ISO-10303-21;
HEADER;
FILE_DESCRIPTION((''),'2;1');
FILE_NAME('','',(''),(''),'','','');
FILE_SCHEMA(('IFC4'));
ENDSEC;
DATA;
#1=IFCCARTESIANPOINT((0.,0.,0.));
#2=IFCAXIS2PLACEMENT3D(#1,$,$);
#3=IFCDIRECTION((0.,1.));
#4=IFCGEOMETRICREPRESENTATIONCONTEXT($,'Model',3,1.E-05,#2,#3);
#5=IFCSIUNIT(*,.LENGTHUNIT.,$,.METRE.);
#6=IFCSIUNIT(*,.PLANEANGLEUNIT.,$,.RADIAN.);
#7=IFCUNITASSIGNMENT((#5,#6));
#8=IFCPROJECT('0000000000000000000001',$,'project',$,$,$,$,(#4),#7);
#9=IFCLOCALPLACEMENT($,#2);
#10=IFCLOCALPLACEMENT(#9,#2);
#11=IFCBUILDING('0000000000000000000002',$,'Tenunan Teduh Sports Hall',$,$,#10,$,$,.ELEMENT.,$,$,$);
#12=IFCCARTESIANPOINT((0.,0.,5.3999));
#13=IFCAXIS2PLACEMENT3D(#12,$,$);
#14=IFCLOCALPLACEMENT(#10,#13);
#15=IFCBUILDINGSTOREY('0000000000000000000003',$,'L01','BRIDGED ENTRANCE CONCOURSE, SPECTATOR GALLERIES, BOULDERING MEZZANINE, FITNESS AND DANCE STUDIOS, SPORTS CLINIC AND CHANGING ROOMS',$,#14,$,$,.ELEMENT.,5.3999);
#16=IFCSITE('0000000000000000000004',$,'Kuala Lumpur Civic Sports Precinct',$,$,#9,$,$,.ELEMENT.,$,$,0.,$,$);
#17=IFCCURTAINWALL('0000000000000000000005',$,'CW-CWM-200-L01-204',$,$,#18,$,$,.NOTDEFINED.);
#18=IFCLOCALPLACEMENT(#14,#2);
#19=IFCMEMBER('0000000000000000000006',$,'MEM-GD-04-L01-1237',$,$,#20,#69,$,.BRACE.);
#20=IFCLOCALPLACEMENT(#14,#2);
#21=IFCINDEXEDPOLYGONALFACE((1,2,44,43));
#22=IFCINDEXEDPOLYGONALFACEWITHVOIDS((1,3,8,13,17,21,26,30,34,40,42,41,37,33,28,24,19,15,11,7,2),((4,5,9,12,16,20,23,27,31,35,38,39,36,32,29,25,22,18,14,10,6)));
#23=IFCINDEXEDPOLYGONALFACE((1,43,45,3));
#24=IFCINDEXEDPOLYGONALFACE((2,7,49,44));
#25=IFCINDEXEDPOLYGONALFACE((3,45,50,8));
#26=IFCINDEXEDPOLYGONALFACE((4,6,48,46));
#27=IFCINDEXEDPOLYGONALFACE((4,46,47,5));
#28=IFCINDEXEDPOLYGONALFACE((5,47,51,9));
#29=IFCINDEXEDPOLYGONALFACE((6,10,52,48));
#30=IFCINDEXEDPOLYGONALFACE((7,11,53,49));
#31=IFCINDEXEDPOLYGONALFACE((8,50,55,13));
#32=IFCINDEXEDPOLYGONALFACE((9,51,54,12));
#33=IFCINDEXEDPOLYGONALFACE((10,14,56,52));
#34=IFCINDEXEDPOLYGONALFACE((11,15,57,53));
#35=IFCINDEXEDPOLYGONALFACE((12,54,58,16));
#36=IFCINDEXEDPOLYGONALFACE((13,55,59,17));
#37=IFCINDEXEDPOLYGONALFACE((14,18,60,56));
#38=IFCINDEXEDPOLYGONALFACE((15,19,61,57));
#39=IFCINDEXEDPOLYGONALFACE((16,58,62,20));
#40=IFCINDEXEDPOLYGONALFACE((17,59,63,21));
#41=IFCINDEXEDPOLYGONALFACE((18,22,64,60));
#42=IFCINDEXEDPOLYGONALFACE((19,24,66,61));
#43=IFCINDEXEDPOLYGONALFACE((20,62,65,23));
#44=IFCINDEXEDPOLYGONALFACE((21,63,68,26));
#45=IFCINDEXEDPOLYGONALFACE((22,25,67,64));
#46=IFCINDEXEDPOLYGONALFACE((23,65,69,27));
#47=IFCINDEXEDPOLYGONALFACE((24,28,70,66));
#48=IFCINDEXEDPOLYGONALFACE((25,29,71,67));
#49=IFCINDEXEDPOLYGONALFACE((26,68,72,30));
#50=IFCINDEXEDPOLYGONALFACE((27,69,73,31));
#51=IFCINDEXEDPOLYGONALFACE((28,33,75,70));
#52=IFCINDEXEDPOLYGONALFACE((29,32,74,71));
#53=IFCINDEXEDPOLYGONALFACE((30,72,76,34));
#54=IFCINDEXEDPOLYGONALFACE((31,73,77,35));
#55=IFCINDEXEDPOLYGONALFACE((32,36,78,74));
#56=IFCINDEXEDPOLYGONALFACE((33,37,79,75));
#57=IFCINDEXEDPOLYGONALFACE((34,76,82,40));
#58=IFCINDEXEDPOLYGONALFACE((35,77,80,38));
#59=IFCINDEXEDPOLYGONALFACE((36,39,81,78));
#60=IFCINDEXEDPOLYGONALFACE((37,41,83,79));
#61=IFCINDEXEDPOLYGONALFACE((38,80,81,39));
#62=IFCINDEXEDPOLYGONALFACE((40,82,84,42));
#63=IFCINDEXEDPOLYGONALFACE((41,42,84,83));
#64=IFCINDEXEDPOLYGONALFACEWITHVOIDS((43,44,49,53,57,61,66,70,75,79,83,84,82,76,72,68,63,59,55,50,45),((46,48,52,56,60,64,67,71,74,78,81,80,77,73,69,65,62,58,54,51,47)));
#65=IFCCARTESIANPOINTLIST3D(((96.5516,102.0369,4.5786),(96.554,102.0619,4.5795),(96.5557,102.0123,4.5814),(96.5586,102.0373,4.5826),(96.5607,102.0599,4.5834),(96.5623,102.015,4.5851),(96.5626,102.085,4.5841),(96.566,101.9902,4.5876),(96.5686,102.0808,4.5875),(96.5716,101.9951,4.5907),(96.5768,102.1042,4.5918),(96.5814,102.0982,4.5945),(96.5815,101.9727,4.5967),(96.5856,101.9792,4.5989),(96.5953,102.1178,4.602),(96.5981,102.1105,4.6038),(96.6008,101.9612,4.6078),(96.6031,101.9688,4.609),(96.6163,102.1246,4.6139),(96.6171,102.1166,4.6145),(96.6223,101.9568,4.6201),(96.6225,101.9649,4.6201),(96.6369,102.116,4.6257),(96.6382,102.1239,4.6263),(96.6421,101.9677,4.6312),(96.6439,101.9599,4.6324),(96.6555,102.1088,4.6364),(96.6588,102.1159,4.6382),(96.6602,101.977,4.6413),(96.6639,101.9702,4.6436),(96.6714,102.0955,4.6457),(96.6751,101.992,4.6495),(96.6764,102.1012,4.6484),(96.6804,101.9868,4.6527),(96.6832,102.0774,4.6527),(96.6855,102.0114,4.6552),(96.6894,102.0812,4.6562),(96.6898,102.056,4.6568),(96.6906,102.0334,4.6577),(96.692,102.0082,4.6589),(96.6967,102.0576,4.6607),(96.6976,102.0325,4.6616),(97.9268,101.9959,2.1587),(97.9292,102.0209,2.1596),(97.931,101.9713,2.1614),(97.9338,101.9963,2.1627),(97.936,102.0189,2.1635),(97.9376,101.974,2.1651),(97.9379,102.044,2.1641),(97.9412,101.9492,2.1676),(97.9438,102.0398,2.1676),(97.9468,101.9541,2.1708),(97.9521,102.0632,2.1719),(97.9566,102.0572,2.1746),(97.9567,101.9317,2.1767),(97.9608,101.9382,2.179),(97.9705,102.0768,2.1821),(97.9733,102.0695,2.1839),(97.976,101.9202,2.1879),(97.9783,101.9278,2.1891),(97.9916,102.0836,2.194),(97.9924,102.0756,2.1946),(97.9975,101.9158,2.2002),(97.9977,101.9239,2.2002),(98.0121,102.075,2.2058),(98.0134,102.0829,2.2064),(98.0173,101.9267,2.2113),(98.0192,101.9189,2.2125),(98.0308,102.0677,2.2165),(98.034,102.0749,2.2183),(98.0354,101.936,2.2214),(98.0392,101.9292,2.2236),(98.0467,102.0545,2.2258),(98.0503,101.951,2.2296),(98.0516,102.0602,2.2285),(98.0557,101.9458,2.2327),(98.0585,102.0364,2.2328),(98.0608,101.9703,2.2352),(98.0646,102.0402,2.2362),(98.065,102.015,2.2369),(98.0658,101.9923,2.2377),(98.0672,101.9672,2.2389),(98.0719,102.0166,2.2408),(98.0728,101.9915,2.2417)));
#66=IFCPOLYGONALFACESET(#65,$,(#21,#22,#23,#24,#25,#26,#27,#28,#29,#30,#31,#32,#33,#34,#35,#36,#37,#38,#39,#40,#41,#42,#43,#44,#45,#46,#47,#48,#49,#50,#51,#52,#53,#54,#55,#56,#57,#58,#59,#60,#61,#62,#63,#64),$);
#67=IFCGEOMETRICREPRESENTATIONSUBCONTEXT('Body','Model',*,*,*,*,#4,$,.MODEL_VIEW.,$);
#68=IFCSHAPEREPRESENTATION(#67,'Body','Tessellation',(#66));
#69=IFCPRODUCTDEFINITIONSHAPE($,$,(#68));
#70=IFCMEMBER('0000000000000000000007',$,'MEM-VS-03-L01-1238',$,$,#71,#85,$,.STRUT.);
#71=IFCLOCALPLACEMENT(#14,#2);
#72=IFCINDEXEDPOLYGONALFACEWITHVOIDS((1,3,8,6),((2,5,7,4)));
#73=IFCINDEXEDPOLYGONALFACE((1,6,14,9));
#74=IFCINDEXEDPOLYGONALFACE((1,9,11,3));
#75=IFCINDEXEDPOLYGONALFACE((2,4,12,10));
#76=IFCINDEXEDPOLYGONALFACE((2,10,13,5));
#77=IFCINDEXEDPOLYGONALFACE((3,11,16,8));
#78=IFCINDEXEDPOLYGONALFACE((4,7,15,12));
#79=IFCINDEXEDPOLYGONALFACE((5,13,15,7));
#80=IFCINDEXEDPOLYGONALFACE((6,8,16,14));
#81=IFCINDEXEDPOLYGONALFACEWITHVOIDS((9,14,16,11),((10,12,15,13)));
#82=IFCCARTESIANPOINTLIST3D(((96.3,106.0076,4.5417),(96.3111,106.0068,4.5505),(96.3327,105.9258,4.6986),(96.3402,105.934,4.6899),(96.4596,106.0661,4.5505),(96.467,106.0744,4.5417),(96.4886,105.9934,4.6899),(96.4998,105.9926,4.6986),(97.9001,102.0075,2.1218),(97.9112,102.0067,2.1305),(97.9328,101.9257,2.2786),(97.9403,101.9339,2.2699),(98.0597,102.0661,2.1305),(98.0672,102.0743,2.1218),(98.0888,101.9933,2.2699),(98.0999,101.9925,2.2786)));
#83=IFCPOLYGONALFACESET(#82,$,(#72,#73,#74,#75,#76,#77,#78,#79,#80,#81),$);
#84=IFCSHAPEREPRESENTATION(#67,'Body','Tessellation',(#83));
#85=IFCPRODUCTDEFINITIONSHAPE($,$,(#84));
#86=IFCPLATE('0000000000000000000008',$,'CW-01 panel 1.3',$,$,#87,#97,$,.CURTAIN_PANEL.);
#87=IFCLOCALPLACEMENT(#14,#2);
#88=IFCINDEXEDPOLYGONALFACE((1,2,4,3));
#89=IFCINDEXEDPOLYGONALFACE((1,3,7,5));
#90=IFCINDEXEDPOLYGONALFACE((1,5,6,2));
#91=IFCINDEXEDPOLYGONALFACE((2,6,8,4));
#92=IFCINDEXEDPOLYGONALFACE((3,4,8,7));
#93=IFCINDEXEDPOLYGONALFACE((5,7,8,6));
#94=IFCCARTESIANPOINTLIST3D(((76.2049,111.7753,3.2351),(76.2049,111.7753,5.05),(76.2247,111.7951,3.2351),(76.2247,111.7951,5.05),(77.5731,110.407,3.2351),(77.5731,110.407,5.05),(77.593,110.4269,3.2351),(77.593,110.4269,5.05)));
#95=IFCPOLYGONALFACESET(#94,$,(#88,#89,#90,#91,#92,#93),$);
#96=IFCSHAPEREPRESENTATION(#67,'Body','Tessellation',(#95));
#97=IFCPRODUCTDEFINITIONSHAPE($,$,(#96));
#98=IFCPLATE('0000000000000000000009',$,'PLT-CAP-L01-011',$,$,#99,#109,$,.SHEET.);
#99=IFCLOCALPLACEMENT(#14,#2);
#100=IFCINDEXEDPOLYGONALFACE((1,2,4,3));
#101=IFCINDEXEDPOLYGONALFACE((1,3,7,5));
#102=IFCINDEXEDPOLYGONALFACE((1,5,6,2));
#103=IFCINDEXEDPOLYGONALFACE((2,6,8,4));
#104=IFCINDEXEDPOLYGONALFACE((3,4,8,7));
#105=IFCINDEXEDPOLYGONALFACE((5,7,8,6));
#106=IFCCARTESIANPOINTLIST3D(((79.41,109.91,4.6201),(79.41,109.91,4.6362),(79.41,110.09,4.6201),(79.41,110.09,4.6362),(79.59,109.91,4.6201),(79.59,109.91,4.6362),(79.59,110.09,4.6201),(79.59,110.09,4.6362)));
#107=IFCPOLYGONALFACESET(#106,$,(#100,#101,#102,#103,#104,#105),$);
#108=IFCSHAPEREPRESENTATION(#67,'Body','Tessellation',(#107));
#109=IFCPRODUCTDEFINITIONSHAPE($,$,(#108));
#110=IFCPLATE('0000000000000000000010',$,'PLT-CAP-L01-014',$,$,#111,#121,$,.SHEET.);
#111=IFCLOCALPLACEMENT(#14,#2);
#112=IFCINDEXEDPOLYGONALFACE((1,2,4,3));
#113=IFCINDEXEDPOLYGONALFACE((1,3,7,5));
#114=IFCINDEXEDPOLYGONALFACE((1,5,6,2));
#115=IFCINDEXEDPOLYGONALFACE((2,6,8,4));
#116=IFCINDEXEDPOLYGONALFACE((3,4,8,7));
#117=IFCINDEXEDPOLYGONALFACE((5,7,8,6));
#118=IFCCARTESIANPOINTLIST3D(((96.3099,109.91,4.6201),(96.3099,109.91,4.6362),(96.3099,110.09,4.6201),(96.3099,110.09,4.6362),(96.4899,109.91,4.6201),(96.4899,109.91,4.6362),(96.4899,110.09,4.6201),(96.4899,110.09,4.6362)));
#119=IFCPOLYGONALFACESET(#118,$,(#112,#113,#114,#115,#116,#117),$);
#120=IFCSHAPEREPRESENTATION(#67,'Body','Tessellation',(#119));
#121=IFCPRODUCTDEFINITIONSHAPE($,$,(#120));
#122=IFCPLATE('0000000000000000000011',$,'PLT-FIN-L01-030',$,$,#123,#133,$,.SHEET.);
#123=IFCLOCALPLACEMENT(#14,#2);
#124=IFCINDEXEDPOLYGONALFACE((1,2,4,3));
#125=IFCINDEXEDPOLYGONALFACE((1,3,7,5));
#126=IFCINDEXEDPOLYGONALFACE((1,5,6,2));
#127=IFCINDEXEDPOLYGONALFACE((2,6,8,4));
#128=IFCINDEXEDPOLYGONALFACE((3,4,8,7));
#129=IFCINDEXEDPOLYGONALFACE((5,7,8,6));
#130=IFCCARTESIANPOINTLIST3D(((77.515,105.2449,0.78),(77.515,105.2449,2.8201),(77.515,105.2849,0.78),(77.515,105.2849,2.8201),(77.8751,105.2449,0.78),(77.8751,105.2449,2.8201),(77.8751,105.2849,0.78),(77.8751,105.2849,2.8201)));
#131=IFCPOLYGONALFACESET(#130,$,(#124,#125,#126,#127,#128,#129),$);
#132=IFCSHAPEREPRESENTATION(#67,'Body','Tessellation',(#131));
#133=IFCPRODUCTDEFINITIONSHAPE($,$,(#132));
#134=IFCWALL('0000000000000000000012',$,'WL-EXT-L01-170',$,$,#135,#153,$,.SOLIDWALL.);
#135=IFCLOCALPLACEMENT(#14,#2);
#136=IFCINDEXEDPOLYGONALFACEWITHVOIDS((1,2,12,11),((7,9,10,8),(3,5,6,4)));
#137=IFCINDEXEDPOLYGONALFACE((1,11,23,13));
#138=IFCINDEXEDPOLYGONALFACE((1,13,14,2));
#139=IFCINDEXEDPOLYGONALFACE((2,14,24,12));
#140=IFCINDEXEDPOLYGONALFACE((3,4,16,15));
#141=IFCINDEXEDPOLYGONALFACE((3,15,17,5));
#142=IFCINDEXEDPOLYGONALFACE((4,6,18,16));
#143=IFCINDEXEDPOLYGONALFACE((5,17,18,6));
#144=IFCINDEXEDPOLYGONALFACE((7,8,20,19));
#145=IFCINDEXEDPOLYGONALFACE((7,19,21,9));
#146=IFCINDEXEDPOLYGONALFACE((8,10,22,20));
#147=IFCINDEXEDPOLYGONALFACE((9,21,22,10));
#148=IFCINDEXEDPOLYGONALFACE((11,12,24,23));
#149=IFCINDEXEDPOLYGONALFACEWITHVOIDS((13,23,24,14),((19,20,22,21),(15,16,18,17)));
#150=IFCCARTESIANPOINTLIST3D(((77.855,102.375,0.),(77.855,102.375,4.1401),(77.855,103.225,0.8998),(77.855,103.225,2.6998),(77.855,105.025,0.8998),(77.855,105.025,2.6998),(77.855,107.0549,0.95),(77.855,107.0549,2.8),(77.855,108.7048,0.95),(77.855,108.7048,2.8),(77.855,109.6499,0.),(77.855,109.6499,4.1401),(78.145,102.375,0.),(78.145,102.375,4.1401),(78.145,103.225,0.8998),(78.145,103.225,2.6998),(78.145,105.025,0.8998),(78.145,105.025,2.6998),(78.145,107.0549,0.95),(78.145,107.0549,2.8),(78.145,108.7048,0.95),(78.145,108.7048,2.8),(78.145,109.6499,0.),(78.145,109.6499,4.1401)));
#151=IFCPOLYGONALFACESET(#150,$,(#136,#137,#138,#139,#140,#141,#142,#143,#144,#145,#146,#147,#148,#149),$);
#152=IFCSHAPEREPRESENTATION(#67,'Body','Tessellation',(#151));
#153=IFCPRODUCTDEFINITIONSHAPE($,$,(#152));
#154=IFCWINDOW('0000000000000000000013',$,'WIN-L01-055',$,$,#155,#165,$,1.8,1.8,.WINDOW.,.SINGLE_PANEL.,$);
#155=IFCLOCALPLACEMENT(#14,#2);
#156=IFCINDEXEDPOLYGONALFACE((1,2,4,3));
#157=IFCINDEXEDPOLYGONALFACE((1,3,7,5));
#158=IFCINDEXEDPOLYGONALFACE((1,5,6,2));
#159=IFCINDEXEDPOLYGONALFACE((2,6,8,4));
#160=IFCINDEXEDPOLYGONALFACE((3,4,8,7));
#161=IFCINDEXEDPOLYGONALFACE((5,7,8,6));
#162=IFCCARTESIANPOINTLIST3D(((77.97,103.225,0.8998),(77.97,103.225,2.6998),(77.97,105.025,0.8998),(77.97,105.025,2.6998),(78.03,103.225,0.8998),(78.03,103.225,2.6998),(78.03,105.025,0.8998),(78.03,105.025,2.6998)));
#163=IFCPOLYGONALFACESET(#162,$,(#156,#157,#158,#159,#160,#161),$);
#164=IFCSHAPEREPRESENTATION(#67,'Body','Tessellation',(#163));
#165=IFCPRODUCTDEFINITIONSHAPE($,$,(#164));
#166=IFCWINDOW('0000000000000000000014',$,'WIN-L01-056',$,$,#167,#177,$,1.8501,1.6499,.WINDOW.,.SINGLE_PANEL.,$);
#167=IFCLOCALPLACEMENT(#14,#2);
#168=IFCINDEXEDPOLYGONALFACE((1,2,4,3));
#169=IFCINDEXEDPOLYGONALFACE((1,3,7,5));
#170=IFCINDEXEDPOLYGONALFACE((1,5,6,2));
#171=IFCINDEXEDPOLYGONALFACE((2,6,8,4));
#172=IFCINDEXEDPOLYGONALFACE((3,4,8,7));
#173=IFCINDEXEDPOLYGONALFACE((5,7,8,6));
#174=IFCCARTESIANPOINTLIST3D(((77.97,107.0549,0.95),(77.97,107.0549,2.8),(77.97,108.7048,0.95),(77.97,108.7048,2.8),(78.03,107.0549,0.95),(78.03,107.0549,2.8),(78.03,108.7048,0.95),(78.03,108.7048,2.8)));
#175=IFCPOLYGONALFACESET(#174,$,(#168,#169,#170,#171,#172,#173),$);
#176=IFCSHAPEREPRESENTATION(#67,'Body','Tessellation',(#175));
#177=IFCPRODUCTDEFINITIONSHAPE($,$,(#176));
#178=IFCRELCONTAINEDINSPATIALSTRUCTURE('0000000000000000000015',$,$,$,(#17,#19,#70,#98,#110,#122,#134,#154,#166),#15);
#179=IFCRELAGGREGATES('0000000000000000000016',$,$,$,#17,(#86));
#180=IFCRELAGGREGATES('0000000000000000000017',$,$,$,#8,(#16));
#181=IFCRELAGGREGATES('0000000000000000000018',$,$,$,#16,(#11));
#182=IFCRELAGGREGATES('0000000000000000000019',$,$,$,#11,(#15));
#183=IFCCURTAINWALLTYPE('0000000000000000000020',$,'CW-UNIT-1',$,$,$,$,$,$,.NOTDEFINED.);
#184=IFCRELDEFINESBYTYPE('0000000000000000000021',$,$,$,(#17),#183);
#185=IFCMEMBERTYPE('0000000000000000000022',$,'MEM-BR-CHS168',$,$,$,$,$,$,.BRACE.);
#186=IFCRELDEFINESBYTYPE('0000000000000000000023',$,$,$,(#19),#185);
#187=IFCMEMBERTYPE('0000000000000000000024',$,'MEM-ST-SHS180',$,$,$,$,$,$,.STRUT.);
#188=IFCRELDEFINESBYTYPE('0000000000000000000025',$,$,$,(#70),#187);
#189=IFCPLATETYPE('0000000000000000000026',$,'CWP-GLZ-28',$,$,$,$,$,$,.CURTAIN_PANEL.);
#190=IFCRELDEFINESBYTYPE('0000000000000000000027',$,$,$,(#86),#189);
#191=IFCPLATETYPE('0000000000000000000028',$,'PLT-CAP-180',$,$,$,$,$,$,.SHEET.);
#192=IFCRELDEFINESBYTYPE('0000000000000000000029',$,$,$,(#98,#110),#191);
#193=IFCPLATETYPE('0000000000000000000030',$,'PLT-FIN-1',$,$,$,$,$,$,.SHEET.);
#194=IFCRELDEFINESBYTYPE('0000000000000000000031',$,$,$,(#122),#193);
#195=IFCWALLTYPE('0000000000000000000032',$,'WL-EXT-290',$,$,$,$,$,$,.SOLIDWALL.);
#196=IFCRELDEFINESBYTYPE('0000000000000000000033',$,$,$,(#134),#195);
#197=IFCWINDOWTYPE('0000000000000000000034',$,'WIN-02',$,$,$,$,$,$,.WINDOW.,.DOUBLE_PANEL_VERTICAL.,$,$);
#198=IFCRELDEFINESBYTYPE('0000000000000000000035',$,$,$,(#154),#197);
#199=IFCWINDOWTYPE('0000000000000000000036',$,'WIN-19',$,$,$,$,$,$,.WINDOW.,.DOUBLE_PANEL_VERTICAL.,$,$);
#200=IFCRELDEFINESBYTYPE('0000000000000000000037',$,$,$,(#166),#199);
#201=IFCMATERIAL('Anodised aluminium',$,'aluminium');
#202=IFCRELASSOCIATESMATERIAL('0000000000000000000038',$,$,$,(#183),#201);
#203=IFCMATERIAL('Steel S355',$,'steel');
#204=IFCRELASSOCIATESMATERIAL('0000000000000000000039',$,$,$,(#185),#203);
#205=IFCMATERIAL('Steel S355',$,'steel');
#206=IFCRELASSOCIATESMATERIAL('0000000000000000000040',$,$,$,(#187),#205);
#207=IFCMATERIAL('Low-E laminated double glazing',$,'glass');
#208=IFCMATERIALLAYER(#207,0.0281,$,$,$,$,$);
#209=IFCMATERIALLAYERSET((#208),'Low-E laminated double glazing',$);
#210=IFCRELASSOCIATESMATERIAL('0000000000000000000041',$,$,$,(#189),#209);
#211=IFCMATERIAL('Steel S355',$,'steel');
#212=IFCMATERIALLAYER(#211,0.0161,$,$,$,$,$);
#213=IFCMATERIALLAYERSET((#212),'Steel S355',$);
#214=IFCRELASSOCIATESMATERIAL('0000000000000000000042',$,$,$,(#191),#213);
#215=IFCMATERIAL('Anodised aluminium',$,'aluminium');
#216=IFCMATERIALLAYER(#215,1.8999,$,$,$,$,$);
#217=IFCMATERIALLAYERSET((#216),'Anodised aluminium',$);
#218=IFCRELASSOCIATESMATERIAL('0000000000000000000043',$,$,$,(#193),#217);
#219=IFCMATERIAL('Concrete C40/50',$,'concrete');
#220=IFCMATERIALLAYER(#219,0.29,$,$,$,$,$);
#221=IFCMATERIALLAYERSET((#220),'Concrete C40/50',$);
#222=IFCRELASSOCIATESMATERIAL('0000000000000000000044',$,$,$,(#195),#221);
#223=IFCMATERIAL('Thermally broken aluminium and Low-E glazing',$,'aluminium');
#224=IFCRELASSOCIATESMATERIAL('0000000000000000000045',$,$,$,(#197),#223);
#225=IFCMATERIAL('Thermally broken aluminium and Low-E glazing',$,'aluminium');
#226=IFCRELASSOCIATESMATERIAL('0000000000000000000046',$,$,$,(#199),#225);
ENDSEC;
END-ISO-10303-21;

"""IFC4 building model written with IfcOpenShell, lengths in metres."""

from ifc_helpers import new_model, si_unit, direction, frame, frame_2d, origin, origin_2d, place, context, subcontext, project, spatial, rectangle, hollow_rectangle, hollow_circle, extrude, material, layer, layer_set, material_profile, profile_set, type_object, element, fill, aggregate, save


model = new_model("IFC4")

# Units and contexts
model_context = context("Model", 3, precision=1e-05, world=origin(), true_north=direction((0.0, 1.0)))
body_context = subcontext(model_context, "Body", "Model", "MODEL_VIEW")
ifc_project = project(units=[si_unit("LENGTHUNIT", "METRE"), si_unit("PLANEANGLEUNIT", "RADIAN")], contexts=[model_context])

# Site, building, storey
site_placement = place(None, origin())
site = spatial("IfcSite", under=ifc_project, at=site_placement, Name="Kuala Lumpur Civic Sports Precinct", CompositionType="ELEMENT", RefElevation=0.0)
building_placement = place(site_placement, origin())
building = spatial("IfcBuilding", under=site, at=building_placement, Name="Tenunan Teduh Sports Hall", CompositionType="ELEMENT")
storey_placement = place(building_placement, frame((0.0, 0.0, 5.3999)))
storey = spatial("IfcBuildingStorey", under=building, at=storey_placement, Name="L01", Description="BRIDGED ENTRANCE CONCOURSE, SPECTATOR GALLERIES, BOULDERING MEZZANINE, FITNESS AND DANCE STUDIOS, SPORTS CLINIC AND CHANGING ROOMS", CompositionType="ELEMENT", Elevation=5.3999)

# Curtain wall
ifc_material_1 = material(Name="Anodised aluminium", Category="aluminium")
curtain_wall_type = type_object("IfcCurtainWallType", Name="CW-UNIT-1", PredefinedType="NOTDEFINED", material=ifc_material_1)
curtain_wall_placement = place(storey_placement, origin())
curtain_wall = element("IfcCurtainWall", 1, at=curtain_wall_placement, inside=storey, type_object=curtain_wall_type, Name="CW-CWM-200-L01-204", PredefinedType="NOTDEFINED")

# Members
ifc_material_2 = material(Name="Steel S355", Category="steel")
ifc_material_profile_1 = material_profile(ifc_material_2, hollow_circle(Radius=0.0842, WallThickness=0.0081, at=origin_2d()), Name="CHS 168.3x8.0")
ifc_profile_set_1 = profile_set([ifc_material_profile_1], Name="Steel S355")
member_type_1 = type_object("IfcMemberType", Name="MEM-BR-CHS168", PredefinedType="BRACE", material=ifc_profile_set_1)
member_1_placement = place(storey_placement, frame((98.0, 102.0, 2.2002), z_axis=(-0.494034, 0.014734, 0.869318), x_axis=(-0.029811, -0.999556, 0.0)))
element("IfcMember", 2, at=member_1_placement, inside=storey, type_object=member_type_1, Name="MEM-GD-04-L01-1237", PredefinedType="BRACE", context=body_context, shape_type="SweptSolid", body=[
    extrude(hollow_circle(Radius=0.0842, WallThickness=0.0081, at=origin_2d()), origin(), (0.0, 0.0, 1.0), 2.7837),
])
ifc_material_3 = material(Name="Steel S355", Category="steel")
ifc_material_profile_2 = material_profile(ifc_material_3, hollow_rectangle(XDim=0.1799, YDim=0.1799, WallThickness=0.01, at=origin_2d()), Name="SHS 180x180x10.0")
ifc_profile_set_2 = profile_set([ifc_material_profile_2], Name="Steel S355")
member_type_2 = type_object("IfcMemberType", Name="MEM-ST-SHS180", PredefinedType="STRUT", material=ifc_profile_set_2)
member_2_placement = place(storey_placement, frame((98.0, 102.0, 2.2002), z_axis=(-0.323822, 0.809505, 0.489735), x_axis=(-0.928469, -0.37141, 0.0)))
element("IfcMember", 3, at=member_2_placement, inside=storey, type_object=member_type_2, Name="MEM-VS-03-L01-1238", PredefinedType="STRUT", context=body_context, shape_type="SweptSolid", body=[
    extrude(hollow_rectangle(XDim=0.1799, YDim=0.1799, WallThickness=0.01, at=origin_2d()), origin(), (0.0, 0.0, 1.0), 4.9414),
])

# Plate
ifc_material_4 = material(Name="Low-E laminated double glazing", Category="glass")
ifc_layer_1 = layer(ifc_material_4, 0.0281)
ifc_layer_set_1 = layer_set([ifc_layer_1], Name="Low-E laminated double glazing")
plate_type_1 = type_object("IfcPlateType", Name="CWP-GLZ-28", PredefinedType="CURTAIN_PANEL", material=ifc_layer_set_1)
plate_1_placement = place(storey_placement, frame((76.8989, 111.1011, 3.2351), z_axis=(0.0, 0.0, 1.0), x_axis=(-0.707107, 0.707107, 0.0)))
plate_1 = element("IfcPlate", 4, at=plate_1_placement, type_object=plate_type_1, Name="CW-01 panel 1.3", PredefinedType="CURTAIN_PANEL", context=body_context, shape_type="SweptSolid", body=[
    extrude(rectangle(XDim=1.9351, YDim=0.0281, at=origin_2d()), origin(), (0.0, 0.0, 1.0), 1.8149),
])
aggregate(curtain_wall, [plate_1])

# Plates
ifc_material_5 = material(Name="Steel S355", Category="steel")
ifc_layer_2 = layer(ifc_material_5, 0.0161)
ifc_layer_set_2 = layer_set([ifc_layer_2], Name="Steel S355")
plate_type_2 = type_object("IfcPlateType", Name="PLT-CAP-180", PredefinedType="SHEET", material=ifc_layer_set_2)
for number, where, z_axis, x_axis, name in (
    (5, (79.5, 110.0, 4.6201), (0.0, 0.0, 1.0), (1.0, 0.0, 0.0), "PLT-CAP-L01-011"),
    (6, (96.3999, 110.0, 4.6201), (0.0, 0.0, 1.0), (1.0, 0.0, 0.0), "PLT-CAP-L01-014"),
):
    element("IfcPlate", number, at=place(storey_placement, frame(where, z_axis=z_axis, x_axis=x_axis)), inside=storey, type_object=plate_type_2, Name=name, PredefinedType="SHEET", context=body_context, shape_type="SweptSolid", body=[
        extrude(rectangle(XDim=0.1799, YDim=0.1799, at=origin_2d()), origin(), (0.0, 0.0, 1.0), 0.0161),
    ])
ifc_material_6 = material(Name="Anodised aluminium", Category="aluminium")
ifc_layer_3 = layer(ifc_material_6, 1.8999)
ifc_layer_set_3 = layer_set([ifc_layer_3], Name="Anodised aluminium")
plate_type_3 = type_object("IfcPlateType", Name="PLT-FIN-1", PredefinedType="SHEET", material=ifc_layer_set_3)
plate_2_placement = place(storey_placement, frame((77.6951, 105.2649, 0.78), z_axis=(0.0, 0.0, 1.0), x_axis=(0.0, 1.0, 0.0)))
element("IfcPlate", 7, at=plate_2_placement, inside=storey, type_object=plate_type_3, Name="PLT-FIN-L01-030", PredefinedType="SHEET", context=body_context, shape_type="SweptSolid", body=[
    extrude(rectangle(XDim=0.04, YDim=0.3601, at=origin_2d()), origin(), (0.0, 0.0, 1.0), 2.04),
])

# Wall, openings, windows
ifc_material_7 = material(Name="Concrete C40/50", Category="concrete")
ifc_layer_4 = layer(ifc_material_7, 0.29)
ifc_layer_set_4 = layer_set([ifc_layer_4], Name="Concrete C40/50")
wall_type = type_object("IfcWallType", Name="WL-EXT-290", PredefinedType="SOLIDWALL", material=ifc_layer_set_4)
wall_placement = place(storey_placement, frame((78.0, 102.375, 0.0), z_axis=(0.0, 0.0, 1.0), x_axis=(0.0, 1.0, 0.0)))
wall = element("IfcWall", 8, at=wall_placement, inside=storey, type_object=wall_type, Name="WL-EXT-L01-170", PredefinedType="SOLIDWALL", context=body_context, shape_type="SweptSolid", body=[
    extrude(rectangle(XDim=7.2749, YDim=0.29, at=frame_2d((3.6375, 0.0))), origin(), (0.0, 0.0, 1.0), 4.1401),
])
opening_1_placement = place(wall_placement, frame((0.8501, 0.0, 0.8999)))
opening_1 = element("IfcOpeningElement", 9, at=opening_1_placement, cuts=wall, PredefinedType="OPENING", context=body_context, shape_type="SweptSolid", body=[
    extrude(rectangle(XDim=1.8, YDim=1.8, at=frame_2d((0.8999, 0.8999))), frame((0.0, 0.155, 0.0), z_axis=(0.0, -1.0, 0.0), x_axis=(1.0, 0.0, 0.0)), (0.0, 0.0, 1.0), 0.3101),
])
opening_2_placement = place(wall_placement, frame((4.6799, 0.0, 0.95)))
opening_2 = element("IfcOpeningElement", 10, at=opening_2_placement, cuts=wall, PredefinedType="OPENING", context=body_context, shape_type="SweptSolid", body=[
    extrude(rectangle(XDim=1.6499, YDim=1.8501, at=frame_2d((0.825, 0.925))), frame((0.0, 0.155, 0.0), z_axis=(0.0, -1.0, 0.0), x_axis=(1.0, 0.0, 0.0)), (0.0, 0.0, 1.0), 0.3101),
])
ifc_material_8 = material(Name="Thermally broken aluminium and Low-E glazing", Category="aluminium")
window_type_1 = type_object("IfcWindowType", Name="WIN-02", PartitioningType="DOUBLE_PANEL_VERTICAL", PredefinedType="WINDOW", material=ifc_material_8)
window_1_placement = place(opening_1_placement, origin())
window_1 = element("IfcWindow", 11, at=window_1_placement, inside=storey, type_object=window_type_1, Name="WIN-L01-055", OverallHeight=1.8, OverallWidth=1.8, PartitioningType="SINGLE_PANEL", PredefinedType="WINDOW", context=body_context, shape_type="SweptSolid", body=[
    extrude(rectangle(XDim=1.8, YDim=1.8, at=frame_2d((0.8999, 0.8999))), frame((0.0, 0.03, 0.0), z_axis=(0.0, -1.0, 0.0), x_axis=(1.0, 0.0, 0.0)), (0.0, 0.0, 1.0), 0.0601),
])
fill(opening_1, window_1)
ifc_material_9 = material(Name="Thermally broken aluminium and Low-E glazing", Category="aluminium")
window_type_2 = type_object("IfcWindowType", Name="WIN-19", PartitioningType="DOUBLE_PANEL_VERTICAL", PredefinedType="WINDOW", material=ifc_material_9)
window_2_placement = place(opening_2_placement, origin())
window_2 = element("IfcWindow", 12, at=window_2_placement, inside=storey, type_object=window_type_2, Name="WIN-L01-056", OverallHeight=1.8501, OverallWidth=1.6499, PartitioningType="SINGLE_PANEL", PredefinedType="WINDOW", context=body_context, shape_type="SweptSolid", body=[
    extrude(rectangle(XDim=1.6499, YDim=1.8501, at=frame_2d((0.825, 0.925))), frame((0.0, 0.03, 0.0), z_axis=(0.0, -1.0, 0.0), x_axis=(1.0, 0.0, 0.0)), (0.0, 0.0, 1.0), 0.0601),
])
fill(opening_2, window_2)

save(model, "model.ifc")
